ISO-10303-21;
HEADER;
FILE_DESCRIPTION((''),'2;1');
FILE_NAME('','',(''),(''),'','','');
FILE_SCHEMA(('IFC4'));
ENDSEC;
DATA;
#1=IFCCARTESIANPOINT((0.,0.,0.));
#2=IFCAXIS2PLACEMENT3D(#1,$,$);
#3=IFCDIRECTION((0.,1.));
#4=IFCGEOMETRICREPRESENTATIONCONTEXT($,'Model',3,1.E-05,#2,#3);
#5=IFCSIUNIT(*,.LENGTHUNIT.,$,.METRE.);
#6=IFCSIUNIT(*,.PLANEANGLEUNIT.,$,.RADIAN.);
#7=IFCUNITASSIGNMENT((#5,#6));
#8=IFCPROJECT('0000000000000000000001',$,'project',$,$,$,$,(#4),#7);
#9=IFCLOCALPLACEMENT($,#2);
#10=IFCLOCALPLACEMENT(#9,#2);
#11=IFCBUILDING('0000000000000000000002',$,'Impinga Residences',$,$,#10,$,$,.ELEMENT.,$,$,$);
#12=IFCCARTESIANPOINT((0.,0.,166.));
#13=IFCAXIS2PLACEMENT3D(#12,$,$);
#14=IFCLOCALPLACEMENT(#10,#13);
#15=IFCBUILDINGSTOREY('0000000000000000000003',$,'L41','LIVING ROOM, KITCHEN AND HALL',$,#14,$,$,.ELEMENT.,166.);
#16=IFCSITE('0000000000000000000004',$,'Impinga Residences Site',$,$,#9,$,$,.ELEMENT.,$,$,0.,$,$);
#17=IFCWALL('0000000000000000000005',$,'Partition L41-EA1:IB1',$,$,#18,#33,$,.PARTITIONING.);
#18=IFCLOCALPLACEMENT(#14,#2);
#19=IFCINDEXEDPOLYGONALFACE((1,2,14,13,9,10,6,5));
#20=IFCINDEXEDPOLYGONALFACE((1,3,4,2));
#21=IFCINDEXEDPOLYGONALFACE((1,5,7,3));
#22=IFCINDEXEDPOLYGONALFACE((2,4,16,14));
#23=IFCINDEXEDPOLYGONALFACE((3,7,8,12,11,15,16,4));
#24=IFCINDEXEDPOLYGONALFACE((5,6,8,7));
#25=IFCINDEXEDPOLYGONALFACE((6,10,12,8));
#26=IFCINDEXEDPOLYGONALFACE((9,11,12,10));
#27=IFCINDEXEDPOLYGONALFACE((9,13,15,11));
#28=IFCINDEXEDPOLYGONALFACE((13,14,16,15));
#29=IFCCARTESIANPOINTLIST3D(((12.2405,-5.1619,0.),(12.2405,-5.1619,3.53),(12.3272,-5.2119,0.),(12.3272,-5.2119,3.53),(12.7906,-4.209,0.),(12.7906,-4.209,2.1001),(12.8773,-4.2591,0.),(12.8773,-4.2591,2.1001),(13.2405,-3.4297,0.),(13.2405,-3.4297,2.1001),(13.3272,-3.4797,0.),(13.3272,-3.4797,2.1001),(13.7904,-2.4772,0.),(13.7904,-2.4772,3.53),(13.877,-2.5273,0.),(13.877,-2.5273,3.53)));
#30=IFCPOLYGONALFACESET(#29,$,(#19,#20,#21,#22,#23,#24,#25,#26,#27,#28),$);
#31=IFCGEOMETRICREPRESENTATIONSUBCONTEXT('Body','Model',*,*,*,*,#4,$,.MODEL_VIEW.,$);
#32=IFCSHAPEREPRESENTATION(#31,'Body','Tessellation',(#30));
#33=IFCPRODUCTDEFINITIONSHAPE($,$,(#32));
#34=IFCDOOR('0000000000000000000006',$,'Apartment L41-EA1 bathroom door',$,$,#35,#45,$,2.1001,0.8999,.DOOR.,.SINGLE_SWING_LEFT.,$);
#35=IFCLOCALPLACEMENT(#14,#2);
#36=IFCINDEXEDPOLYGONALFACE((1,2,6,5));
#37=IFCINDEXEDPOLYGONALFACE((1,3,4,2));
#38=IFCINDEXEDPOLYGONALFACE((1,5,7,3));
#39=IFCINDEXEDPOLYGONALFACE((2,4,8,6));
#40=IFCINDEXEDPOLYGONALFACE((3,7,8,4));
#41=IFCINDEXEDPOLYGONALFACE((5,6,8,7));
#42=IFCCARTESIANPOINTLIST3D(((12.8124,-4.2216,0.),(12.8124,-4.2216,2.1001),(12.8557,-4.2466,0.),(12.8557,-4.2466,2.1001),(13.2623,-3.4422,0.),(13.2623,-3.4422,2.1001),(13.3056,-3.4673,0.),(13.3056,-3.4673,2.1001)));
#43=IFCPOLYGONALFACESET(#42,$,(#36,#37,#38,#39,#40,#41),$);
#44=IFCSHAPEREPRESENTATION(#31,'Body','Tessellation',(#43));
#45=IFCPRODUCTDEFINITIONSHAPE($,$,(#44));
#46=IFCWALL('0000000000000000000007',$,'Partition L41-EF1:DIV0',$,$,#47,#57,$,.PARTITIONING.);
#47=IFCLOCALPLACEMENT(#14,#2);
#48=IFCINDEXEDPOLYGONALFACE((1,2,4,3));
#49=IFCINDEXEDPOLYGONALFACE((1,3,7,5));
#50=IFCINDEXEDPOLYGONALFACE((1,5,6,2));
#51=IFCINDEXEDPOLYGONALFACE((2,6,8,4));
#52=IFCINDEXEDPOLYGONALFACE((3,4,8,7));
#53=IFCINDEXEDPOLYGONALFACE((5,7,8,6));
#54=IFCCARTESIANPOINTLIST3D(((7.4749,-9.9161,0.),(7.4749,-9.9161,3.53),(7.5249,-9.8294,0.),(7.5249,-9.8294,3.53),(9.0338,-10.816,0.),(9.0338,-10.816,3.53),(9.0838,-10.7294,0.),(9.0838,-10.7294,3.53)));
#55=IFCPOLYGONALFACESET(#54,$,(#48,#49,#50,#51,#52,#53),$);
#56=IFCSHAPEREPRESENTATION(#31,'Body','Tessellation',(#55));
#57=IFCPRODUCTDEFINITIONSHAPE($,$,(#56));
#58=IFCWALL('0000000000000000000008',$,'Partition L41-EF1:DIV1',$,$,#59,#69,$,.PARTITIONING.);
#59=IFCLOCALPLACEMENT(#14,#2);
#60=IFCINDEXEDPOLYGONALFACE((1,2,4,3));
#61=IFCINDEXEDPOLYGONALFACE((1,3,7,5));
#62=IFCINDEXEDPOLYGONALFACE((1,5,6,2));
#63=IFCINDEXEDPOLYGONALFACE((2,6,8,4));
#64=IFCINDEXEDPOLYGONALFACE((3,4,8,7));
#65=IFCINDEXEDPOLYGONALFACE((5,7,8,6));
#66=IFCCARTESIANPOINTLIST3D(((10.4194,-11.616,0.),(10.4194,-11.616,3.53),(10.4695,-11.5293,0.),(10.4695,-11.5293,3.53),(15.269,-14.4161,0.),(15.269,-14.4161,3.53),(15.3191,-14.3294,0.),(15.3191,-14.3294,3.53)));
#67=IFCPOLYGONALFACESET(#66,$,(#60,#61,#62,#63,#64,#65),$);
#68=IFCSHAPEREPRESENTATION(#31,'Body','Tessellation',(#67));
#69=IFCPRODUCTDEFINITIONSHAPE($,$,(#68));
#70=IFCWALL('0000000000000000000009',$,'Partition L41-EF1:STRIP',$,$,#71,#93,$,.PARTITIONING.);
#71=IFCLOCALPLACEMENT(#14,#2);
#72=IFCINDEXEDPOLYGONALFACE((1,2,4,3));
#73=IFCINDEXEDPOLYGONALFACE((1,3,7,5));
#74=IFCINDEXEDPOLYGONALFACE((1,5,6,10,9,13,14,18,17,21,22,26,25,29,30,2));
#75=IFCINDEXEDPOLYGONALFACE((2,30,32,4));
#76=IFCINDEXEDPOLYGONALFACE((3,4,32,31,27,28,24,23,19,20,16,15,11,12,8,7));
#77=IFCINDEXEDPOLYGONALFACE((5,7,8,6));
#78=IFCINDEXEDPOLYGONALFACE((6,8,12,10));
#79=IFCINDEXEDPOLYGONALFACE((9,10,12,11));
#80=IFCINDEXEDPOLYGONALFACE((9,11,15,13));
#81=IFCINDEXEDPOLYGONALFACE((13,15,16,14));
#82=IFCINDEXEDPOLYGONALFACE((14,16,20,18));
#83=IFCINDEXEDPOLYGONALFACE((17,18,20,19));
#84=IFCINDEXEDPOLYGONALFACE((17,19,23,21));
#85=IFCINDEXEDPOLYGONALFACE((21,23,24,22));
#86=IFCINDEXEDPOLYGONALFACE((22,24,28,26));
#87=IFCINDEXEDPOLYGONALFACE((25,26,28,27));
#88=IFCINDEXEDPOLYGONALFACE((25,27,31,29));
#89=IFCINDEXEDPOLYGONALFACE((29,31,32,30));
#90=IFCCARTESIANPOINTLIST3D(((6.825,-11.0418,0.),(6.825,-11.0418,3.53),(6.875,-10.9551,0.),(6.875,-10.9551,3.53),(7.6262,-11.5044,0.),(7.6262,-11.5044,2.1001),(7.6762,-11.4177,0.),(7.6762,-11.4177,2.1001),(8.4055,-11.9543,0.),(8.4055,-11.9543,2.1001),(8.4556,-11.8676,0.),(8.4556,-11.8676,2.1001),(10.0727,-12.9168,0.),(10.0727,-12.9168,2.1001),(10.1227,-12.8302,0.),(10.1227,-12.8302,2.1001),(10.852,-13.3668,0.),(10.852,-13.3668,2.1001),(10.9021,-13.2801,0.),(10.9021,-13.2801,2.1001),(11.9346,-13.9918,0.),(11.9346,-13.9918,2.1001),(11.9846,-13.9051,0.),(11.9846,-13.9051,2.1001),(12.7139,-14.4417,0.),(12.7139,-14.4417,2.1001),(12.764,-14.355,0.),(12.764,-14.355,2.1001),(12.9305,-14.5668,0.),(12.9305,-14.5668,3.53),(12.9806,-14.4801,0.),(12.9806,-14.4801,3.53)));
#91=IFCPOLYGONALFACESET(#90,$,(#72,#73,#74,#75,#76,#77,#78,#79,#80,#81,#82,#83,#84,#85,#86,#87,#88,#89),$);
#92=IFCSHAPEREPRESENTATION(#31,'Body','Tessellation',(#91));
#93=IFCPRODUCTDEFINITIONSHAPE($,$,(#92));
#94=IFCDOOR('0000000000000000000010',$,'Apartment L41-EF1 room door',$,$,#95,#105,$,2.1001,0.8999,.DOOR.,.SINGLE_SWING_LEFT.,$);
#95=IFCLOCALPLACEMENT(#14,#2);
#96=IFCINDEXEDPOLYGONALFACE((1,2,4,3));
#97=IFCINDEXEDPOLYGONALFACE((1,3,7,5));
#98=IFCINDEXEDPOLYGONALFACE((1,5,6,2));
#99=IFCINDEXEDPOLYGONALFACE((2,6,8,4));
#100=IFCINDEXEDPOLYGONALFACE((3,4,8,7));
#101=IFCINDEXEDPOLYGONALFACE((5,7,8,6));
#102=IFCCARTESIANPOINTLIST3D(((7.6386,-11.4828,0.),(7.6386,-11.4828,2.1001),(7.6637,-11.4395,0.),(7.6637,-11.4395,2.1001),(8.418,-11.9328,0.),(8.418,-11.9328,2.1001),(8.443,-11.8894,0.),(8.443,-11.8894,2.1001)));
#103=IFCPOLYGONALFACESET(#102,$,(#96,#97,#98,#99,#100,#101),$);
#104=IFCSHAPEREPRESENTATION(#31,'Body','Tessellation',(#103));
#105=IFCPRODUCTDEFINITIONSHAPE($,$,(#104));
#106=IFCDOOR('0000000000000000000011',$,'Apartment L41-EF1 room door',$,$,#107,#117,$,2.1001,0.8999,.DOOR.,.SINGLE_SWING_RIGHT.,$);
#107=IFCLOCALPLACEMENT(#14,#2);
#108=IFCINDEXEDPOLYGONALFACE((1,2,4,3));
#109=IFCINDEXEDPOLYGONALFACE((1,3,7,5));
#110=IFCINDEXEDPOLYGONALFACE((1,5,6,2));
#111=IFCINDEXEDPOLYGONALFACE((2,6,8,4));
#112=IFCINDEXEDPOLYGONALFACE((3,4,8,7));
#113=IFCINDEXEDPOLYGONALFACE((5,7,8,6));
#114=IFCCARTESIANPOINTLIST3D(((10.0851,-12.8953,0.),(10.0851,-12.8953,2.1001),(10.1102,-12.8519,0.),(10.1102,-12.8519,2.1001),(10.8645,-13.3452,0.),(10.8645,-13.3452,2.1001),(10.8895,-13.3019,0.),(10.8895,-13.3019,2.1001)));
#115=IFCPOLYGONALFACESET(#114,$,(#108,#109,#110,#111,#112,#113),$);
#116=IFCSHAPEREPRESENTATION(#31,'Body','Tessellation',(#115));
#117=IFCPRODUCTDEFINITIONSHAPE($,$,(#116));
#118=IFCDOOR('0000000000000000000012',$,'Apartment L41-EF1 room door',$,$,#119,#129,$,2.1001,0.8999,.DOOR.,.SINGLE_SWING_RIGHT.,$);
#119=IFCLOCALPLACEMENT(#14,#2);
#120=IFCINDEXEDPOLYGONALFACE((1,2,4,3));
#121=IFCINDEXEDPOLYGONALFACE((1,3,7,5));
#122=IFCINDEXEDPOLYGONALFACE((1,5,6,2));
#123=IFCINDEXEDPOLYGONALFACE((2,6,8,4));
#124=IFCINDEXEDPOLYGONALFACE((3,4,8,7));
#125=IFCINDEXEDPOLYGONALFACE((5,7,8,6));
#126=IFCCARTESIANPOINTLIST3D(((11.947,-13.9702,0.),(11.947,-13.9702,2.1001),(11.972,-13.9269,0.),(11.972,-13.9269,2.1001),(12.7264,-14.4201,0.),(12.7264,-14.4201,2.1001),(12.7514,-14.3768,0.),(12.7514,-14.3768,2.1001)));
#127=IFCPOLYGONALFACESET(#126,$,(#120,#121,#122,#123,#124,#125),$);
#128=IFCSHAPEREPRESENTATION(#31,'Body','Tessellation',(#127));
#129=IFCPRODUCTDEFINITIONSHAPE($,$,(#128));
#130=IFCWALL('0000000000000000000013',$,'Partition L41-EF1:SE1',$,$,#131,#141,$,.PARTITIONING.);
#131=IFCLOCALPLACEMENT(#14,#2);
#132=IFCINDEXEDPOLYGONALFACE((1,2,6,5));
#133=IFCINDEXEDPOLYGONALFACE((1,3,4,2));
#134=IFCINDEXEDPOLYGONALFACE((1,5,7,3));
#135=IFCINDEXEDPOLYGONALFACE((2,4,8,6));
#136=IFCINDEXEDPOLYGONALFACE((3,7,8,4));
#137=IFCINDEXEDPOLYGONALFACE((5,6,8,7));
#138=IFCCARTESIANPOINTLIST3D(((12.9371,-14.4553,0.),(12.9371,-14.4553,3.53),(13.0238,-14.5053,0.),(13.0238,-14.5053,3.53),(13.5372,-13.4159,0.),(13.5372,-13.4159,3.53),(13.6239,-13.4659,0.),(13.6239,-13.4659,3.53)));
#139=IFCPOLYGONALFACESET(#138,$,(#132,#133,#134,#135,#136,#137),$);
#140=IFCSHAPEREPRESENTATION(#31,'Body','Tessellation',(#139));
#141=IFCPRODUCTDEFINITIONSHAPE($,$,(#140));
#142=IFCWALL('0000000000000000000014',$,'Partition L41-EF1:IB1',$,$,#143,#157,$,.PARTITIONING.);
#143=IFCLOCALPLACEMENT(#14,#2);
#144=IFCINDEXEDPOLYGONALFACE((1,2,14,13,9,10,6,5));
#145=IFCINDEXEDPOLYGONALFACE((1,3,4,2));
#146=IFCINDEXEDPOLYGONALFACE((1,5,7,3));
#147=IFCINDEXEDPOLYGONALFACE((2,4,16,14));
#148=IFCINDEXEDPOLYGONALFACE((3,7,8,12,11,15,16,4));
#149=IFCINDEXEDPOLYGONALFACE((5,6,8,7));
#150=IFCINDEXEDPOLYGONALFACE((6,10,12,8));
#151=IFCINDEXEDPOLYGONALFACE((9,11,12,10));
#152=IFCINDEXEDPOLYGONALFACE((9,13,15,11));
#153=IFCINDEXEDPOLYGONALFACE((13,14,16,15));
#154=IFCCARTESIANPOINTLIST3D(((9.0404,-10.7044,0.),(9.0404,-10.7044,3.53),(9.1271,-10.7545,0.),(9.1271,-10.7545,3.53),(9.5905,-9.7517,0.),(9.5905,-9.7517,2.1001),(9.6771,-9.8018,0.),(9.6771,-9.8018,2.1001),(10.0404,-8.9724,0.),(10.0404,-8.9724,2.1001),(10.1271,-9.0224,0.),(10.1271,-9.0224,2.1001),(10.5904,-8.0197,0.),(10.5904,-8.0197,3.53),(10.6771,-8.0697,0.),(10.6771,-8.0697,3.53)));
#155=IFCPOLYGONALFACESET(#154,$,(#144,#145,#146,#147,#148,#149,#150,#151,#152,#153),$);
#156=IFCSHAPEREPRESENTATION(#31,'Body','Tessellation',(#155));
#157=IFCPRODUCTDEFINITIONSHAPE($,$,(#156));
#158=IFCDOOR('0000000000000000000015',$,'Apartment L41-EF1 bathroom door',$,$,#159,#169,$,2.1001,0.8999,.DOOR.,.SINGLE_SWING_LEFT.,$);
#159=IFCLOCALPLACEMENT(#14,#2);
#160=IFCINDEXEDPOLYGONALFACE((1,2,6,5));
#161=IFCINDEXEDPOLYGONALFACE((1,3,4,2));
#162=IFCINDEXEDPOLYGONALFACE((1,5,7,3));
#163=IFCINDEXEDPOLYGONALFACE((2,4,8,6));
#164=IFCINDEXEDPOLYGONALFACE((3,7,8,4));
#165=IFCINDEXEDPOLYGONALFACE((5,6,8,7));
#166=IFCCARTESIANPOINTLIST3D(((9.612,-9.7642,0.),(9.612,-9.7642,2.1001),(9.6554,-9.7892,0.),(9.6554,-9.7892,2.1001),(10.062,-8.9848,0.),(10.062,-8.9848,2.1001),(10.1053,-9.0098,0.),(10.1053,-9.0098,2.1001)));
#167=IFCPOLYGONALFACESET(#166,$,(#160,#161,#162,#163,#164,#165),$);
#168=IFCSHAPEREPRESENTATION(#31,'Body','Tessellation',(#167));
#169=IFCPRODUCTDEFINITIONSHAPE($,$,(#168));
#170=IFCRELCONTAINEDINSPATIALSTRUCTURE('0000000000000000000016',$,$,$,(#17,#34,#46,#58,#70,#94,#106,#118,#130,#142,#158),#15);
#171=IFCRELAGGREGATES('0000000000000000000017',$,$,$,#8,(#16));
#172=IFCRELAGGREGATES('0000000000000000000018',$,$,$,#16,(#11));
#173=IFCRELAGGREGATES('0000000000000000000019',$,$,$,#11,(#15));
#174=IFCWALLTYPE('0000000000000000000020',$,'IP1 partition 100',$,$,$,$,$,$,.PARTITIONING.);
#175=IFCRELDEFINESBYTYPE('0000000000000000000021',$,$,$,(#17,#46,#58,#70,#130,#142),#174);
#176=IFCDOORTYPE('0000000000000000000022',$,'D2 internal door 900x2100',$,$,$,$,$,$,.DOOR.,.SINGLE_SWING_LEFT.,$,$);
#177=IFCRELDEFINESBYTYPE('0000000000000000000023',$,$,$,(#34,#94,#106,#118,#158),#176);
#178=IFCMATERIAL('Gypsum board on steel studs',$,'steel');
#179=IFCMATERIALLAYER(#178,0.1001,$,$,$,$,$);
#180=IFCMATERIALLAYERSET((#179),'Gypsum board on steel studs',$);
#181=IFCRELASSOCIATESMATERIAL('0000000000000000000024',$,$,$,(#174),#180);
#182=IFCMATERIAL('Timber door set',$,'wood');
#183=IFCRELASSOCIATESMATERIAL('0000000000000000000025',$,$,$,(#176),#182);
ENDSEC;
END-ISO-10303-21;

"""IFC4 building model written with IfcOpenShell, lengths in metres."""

from ifc_helpers import new_model, si_unit, direction, frame, frame_2d, origin, place, context, subcontext, project, spatial, rectangle, extrude, material, layer, layer_set, type_object, element, fill, save


model = new_model("IFC4")

# Units and contexts
model_context = context("Model", 3, precision=1e-05, world=origin(), true_north=direction((0.0, 1.0)))
body_context = subcontext(model_context, "Body", "Model", "MODEL_VIEW")
ifc_project = project(units=[si_unit("LENGTHUNIT", "METRE"), si_unit("PLANEANGLEUNIT", "RADIAN")], contexts=[model_context])

# Site, building, storey
site_placement = place(None, origin())
site = spatial("IfcSite", under=ifc_project, at=site_placement, Name="Impinga Residences Site", CompositionType="ELEMENT", RefElevation=0.0)
building_placement = place(site_placement, origin())
building = spatial("IfcBuilding", under=site, at=building_placement, Name="Impinga Residences", CompositionType="ELEMENT")
storey_placement = place(building_placement, frame((0.0, 0.0, 166.0)))
storey = spatial("IfcBuildingStorey", under=building, at=storey_placement, Name="L41", Description="LIVING ROOM, KITCHEN AND HALL", CompositionType="ELEMENT", Elevation=166.0)

# Shared definitions
ifc_material_1 = material(Name="Timber door set", Category="wood")

# Wall, opening, door
ifc_material_2 = material(Name="Gypsum board on steel studs", Category="steel")
ifc_layer_1 = layer(ifc_material_2, 0.1001)
ifc_layer_set_1 = layer_set([ifc_layer_1], Name="Gypsum board on steel studs")
wall_type_1 = type_object("IfcWallType", Name="IP1 partition 100", PredefinedType="PARTITIONING", material=ifc_layer_set_1)
wall_1_placement = place(storey_placement, frame((12.2839, -5.1868, 0.0), z_axis=(0.0, 0.0, 1.0), x_axis=(0.499968, 0.866044, 0.0)))
wall_1 = element("IfcWall", 1, at=wall_1_placement, inside=storey, type_object=wall_type_1, Name="Partition L41-EA1:IB1", PredefinedType="PARTITIONING", context=body_context, shape_type="SweptSolid", body=[
    extrude(rectangle(XDim=3.0999, YDim=0.1001, at=frame_2d((1.5498, 0.0))), origin(), (0.0, 0.0, 1.0), 3.53),
])
opening_1_placement = place(wall_1_placement, frame((1.1001, 0.0, 0.0)))
opening_1 = element("IfcOpeningElement", 2, at=opening_1_placement, cuts=wall_1, PredefinedType="OPENING", context=body_context, shape_type="SweptSolid", body=[
    extrude(rectangle(XDim=0.8999, YDim=2.1001, at=frame_2d((0.45, 1.05))), frame((0.0, 0.0601, 0.0), z_axis=(0.0, -1.0, 0.0), x_axis=(1.0, 0.0, 0.0)), (0.0, 0.0, 1.0), 0.1201),
])
door_type_1 = type_object("IfcDoorType", Name="D2 internal door 900x2100", OperationType="SINGLE_SWING_LEFT", PredefinedType="DOOR", material=ifc_material_1)
door_1_placement = place(opening_1_placement, origin())
door_1 = element("IfcDoor", 3, at=door_1_placement, inside=storey, type_object=door_type_1, Name="Apartment L41-EA1 bathroom door", OperationType="SINGLE_SWING_LEFT", OverallHeight=2.1001, OverallWidth=0.8999, PredefinedType="DOOR", context=body_context, shape_type="SweptSolid", body=[
    extrude(rectangle(XDim=0.8999, YDim=2.1001, at=frame_2d((0.45, 1.05))), frame((0.0, 0.0249, 0.0), z_axis=(0.0, -1.0, 0.0), x_axis=(1.0, 0.0, 0.0)), (0.0, 0.0, 1.0), 0.05),
])
fill(opening_1, door_1)

# Walls
wall_2_placement = place(storey_placement, frame((7.5, -9.8728, 0.0), z_axis=(0.0, 0.0, 1.0), x_axis=(0.866048, -0.499961, 0.0)))
element("IfcWall", 4, at=wall_2_placement, inside=storey, type_object=wall_type_1, Name="Partition L41-EF1:DIV0", PredefinedType="PARTITIONING", context=body_context, shape_type="SweptSolid", body=[
    extrude(rectangle(XDim=1.8, YDim=0.1001, at=frame_2d((0.8999, 0.0))), origin(), (0.0, 0.0, 1.0), 3.53),
])
wall_3_placement = place(storey_placement, frame((10.4446, -11.5728, 0.0), z_axis=(0.0, 0.0, 1.0), x_axis=(0.866016, -0.500017, 0.0)))
element("IfcWall", 5, at=wall_3_placement, inside=storey, type_object=wall_type_1, Name="Partition L41-EF1:DIV1", PredefinedType="PARTITIONING", context=body_context, shape_type="SweptSolid", body=[
    extrude(rectangle(XDim=5.5999, YDim=0.1001, at=frame_2d((2.7998, 0.0))), origin(), (0.0, 0.0, 1.0), 3.53),
])

# Wall, openings, doors
wall_4_placement = place(storey_placement, frame((6.8501, -10.9985, 0.0), z_axis=(0.0, 0.0, 1.0), x_axis=(0.866031, -0.49999, 0.0)))
wall_4 = element("IfcWall", 6, at=wall_4_placement, inside=storey, type_object=wall_type_1, Name="Partition L41-EF1:STRIP", PredefinedType="PARTITIONING", context=body_context, shape_type="SweptSolid", body=[
    extrude(rectangle(XDim=7.05, YDim=0.1001, at=frame_2d((3.5249, 0.0))), origin(), (0.0, 0.0, 1.0), 3.53),
])
opening_2_placement = place(wall_4_placement, frame((0.925, 0.0, 0.0)))
opening_2 = element("IfcOpeningElement", 7, at=opening_2_placement, cuts=wall_4, PredefinedType="OPENING", context=body_context, shape_type="SweptSolid", body=[
    extrude(rectangle(XDim=0.8999, YDim=2.1001, at=frame_2d((0.45, 1.05))), frame((0.0, 0.0601, 0.0), z_axis=(0.0, -1.0, 0.0), x_axis=(1.0, 0.0, 0.0)), (0.0, 0.0, 1.0), 0.1201),
])
opening_3_placement = place(wall_4_placement, frame((3.75, 0.0, 0.0)))
opening_3 = element("IfcOpeningElement", 8, at=opening_3_placement, cuts=wall_4, PredefinedType="OPENING", context=body_context, shape_type="SweptSolid", body=[
    extrude(rectangle(XDim=0.8999, YDim=2.1001, at=frame_2d((0.45, 1.05))), frame((0.0, 0.0601, 0.0), z_axis=(0.0, -1.0, 0.0), x_axis=(1.0, 0.0, 0.0)), (0.0, 0.0, 1.0), 0.1201),
])
opening_4_placement = place(wall_4_placement, frame((5.8999, 0.0, 0.0)))
opening_4 = element("IfcOpeningElement", 9, at=opening_4_placement, cuts=wall_4, PredefinedType="OPENING", context=body_context, shape_type="SweptSolid", body=[
    extrude(rectangle(XDim=0.8999, YDim=2.1001, at=frame_2d((0.45, 1.05))), frame((0.0, 0.0601, 0.0), z_axis=(0.0, -1.0, 0.0), x_axis=(1.0, 0.0, 0.0)), (0.0, 0.0, 1.0), 0.1201),
])
door_2_placement = place(opening_2_placement, origin())
door_2 = element("IfcDoor", 10, at=door_2_placement, inside=storey, type_object=door_type_1, Name="Apartment L41-EF1 room door", OperationType="SINGLE_SWING_LEFT", OverallHeight=2.1001, OverallWidth=0.8999, PredefinedType="DOOR", context=body_context, shape_type="SweptSolid", body=[
    extrude(rectangle(XDim=0.8999, YDim=2.1001, at=frame_2d((0.45, 1.05))), frame((0.0, 0.0249, 0.0), z_axis=(0.0, -1.0, 0.0), x_axis=(1.0, 0.0, 0.0)), (0.0, 0.0, 1.0), 0.05),
])
fill(opening_2, door_2)
door_3_placement = place(opening_3_placement, origin())
door_3 = element("IfcDoor", 11, at=door_3_placement, inside=storey, type_object=door_type_1, Name="Apartment L41-EF1 room door", OperationType="SINGLE_SWING_RIGHT", OverallHeight=2.1001, OverallWidth=0.8999, PredefinedType="DOOR", context=body_context, shape_type="SweptSolid", body=[
    extrude(rectangle(XDim=0.8999, YDim=2.1001, at=frame_2d((0.45, 1.05))), frame((0.0, 0.0249, 0.0), z_axis=(0.0, -1.0, 0.0), x_axis=(1.0, 0.0, 0.0)), (0.0, 0.0, 1.0), 0.05),
])
fill(opening_3, door_3)
door_4_placement = place(opening_4_placement, origin())
door_4 = element("IfcDoor", 12, at=door_4_placement, inside=storey, type_object=door_type_1, Name="Apartment L41-EF1 room door", OperationType="SINGLE_SWING_RIGHT", OverallHeight=2.1001, OverallWidth=0.8999, PredefinedType="DOOR", context=body_context, shape_type="SweptSolid", body=[
    extrude(rectangle(XDim=0.8999, YDim=2.1001, at=frame_2d((0.45, 1.05))), frame((0.0, 0.0249, 0.0), z_axis=(0.0, -1.0, 0.0), x_axis=(1.0, 0.0, 0.0)), (0.0, 0.0, 1.0), 0.05),
])
fill(opening_4, door_4)

# Wall
wall_5_placement = place(storey_placement, frame((13.5806, -13.4409, 0.0), z_axis=(0.0, 0.0, 1.0), x_axis=(-0.500034, -0.866006, 0.0)))
element("IfcWall", 13, at=wall_5_placement, inside=storey, type_object=wall_type_1, Name="Partition L41-EF1:SE1", PredefinedType="PARTITIONING", context=body_context, shape_type="SweptSolid", body=[
    extrude(rectangle(XDim=1.2002, YDim=0.1001, at=frame_2d((0.6001, 0.0))), origin(), (0.0, 0.0, 1.0), 3.53),
])

# Wall, opening, door
wall_6_placement = place(storey_placement, frame((10.6338, -8.0447, 0.0), z_axis=(0.0, 0.0, 1.0), x_axis=(-0.499993, -0.86603, 0.0)))
wall_6 = element("IfcWall", 14, at=wall_6_placement, inside=storey, type_object=wall_type_1, Name="Partition L41-EF1:IB1", PredefinedType="PARTITIONING", context=body_context, shape_type="SweptSolid", body=[
    extrude(rectangle(XDim=3.1001, YDim=0.1001, at=frame_2d((1.55, 0.0))), origin(), (0.0, 0.0, 1.0), 3.53),
])
opening_5_placement = place(wall_6_placement, frame((1.1001, 0.0, 0.0)))
opening_5 = element("IfcOpeningElement", 15, at=opening_5_placement, cuts=wall_6, PredefinedType="OPENING", context=body_context, shape_type="SweptSolid", body=[
    extrude(rectangle(XDim=0.8999, YDim=2.1001, at=frame_2d((0.45, 1.05))), frame((0.0, 0.0601, 0.0), z_axis=(0.0, -1.0, 0.0), x_axis=(1.0, 0.0, 0.0)), (0.0, 0.0, 1.0), 0.1201),
])
door_5_placement = place(opening_5_placement, origin())
door_5 = element("IfcDoor", 16, at=door_5_placement, inside=storey, type_object=door_type_1, Name="Apartment L41-EF1 bathroom door", OperationType="SINGLE_SWING_LEFT", OverallHeight=2.1001, OverallWidth=0.8999, PredefinedType="DOOR", context=body_context, shape_type="SweptSolid", body=[
    extrude(rectangle(XDim=0.8999, YDim=2.1001, at=frame_2d((0.45, 1.05))), frame((0.0, 0.0249, 0.0), z_axis=(0.0, -1.0, 0.0), x_axis=(1.0, 0.0, 0.0)), (0.0, 0.0, 1.0), 0.05),
])
fill(opening_5, door_5)

save(model, "model.ifc")
